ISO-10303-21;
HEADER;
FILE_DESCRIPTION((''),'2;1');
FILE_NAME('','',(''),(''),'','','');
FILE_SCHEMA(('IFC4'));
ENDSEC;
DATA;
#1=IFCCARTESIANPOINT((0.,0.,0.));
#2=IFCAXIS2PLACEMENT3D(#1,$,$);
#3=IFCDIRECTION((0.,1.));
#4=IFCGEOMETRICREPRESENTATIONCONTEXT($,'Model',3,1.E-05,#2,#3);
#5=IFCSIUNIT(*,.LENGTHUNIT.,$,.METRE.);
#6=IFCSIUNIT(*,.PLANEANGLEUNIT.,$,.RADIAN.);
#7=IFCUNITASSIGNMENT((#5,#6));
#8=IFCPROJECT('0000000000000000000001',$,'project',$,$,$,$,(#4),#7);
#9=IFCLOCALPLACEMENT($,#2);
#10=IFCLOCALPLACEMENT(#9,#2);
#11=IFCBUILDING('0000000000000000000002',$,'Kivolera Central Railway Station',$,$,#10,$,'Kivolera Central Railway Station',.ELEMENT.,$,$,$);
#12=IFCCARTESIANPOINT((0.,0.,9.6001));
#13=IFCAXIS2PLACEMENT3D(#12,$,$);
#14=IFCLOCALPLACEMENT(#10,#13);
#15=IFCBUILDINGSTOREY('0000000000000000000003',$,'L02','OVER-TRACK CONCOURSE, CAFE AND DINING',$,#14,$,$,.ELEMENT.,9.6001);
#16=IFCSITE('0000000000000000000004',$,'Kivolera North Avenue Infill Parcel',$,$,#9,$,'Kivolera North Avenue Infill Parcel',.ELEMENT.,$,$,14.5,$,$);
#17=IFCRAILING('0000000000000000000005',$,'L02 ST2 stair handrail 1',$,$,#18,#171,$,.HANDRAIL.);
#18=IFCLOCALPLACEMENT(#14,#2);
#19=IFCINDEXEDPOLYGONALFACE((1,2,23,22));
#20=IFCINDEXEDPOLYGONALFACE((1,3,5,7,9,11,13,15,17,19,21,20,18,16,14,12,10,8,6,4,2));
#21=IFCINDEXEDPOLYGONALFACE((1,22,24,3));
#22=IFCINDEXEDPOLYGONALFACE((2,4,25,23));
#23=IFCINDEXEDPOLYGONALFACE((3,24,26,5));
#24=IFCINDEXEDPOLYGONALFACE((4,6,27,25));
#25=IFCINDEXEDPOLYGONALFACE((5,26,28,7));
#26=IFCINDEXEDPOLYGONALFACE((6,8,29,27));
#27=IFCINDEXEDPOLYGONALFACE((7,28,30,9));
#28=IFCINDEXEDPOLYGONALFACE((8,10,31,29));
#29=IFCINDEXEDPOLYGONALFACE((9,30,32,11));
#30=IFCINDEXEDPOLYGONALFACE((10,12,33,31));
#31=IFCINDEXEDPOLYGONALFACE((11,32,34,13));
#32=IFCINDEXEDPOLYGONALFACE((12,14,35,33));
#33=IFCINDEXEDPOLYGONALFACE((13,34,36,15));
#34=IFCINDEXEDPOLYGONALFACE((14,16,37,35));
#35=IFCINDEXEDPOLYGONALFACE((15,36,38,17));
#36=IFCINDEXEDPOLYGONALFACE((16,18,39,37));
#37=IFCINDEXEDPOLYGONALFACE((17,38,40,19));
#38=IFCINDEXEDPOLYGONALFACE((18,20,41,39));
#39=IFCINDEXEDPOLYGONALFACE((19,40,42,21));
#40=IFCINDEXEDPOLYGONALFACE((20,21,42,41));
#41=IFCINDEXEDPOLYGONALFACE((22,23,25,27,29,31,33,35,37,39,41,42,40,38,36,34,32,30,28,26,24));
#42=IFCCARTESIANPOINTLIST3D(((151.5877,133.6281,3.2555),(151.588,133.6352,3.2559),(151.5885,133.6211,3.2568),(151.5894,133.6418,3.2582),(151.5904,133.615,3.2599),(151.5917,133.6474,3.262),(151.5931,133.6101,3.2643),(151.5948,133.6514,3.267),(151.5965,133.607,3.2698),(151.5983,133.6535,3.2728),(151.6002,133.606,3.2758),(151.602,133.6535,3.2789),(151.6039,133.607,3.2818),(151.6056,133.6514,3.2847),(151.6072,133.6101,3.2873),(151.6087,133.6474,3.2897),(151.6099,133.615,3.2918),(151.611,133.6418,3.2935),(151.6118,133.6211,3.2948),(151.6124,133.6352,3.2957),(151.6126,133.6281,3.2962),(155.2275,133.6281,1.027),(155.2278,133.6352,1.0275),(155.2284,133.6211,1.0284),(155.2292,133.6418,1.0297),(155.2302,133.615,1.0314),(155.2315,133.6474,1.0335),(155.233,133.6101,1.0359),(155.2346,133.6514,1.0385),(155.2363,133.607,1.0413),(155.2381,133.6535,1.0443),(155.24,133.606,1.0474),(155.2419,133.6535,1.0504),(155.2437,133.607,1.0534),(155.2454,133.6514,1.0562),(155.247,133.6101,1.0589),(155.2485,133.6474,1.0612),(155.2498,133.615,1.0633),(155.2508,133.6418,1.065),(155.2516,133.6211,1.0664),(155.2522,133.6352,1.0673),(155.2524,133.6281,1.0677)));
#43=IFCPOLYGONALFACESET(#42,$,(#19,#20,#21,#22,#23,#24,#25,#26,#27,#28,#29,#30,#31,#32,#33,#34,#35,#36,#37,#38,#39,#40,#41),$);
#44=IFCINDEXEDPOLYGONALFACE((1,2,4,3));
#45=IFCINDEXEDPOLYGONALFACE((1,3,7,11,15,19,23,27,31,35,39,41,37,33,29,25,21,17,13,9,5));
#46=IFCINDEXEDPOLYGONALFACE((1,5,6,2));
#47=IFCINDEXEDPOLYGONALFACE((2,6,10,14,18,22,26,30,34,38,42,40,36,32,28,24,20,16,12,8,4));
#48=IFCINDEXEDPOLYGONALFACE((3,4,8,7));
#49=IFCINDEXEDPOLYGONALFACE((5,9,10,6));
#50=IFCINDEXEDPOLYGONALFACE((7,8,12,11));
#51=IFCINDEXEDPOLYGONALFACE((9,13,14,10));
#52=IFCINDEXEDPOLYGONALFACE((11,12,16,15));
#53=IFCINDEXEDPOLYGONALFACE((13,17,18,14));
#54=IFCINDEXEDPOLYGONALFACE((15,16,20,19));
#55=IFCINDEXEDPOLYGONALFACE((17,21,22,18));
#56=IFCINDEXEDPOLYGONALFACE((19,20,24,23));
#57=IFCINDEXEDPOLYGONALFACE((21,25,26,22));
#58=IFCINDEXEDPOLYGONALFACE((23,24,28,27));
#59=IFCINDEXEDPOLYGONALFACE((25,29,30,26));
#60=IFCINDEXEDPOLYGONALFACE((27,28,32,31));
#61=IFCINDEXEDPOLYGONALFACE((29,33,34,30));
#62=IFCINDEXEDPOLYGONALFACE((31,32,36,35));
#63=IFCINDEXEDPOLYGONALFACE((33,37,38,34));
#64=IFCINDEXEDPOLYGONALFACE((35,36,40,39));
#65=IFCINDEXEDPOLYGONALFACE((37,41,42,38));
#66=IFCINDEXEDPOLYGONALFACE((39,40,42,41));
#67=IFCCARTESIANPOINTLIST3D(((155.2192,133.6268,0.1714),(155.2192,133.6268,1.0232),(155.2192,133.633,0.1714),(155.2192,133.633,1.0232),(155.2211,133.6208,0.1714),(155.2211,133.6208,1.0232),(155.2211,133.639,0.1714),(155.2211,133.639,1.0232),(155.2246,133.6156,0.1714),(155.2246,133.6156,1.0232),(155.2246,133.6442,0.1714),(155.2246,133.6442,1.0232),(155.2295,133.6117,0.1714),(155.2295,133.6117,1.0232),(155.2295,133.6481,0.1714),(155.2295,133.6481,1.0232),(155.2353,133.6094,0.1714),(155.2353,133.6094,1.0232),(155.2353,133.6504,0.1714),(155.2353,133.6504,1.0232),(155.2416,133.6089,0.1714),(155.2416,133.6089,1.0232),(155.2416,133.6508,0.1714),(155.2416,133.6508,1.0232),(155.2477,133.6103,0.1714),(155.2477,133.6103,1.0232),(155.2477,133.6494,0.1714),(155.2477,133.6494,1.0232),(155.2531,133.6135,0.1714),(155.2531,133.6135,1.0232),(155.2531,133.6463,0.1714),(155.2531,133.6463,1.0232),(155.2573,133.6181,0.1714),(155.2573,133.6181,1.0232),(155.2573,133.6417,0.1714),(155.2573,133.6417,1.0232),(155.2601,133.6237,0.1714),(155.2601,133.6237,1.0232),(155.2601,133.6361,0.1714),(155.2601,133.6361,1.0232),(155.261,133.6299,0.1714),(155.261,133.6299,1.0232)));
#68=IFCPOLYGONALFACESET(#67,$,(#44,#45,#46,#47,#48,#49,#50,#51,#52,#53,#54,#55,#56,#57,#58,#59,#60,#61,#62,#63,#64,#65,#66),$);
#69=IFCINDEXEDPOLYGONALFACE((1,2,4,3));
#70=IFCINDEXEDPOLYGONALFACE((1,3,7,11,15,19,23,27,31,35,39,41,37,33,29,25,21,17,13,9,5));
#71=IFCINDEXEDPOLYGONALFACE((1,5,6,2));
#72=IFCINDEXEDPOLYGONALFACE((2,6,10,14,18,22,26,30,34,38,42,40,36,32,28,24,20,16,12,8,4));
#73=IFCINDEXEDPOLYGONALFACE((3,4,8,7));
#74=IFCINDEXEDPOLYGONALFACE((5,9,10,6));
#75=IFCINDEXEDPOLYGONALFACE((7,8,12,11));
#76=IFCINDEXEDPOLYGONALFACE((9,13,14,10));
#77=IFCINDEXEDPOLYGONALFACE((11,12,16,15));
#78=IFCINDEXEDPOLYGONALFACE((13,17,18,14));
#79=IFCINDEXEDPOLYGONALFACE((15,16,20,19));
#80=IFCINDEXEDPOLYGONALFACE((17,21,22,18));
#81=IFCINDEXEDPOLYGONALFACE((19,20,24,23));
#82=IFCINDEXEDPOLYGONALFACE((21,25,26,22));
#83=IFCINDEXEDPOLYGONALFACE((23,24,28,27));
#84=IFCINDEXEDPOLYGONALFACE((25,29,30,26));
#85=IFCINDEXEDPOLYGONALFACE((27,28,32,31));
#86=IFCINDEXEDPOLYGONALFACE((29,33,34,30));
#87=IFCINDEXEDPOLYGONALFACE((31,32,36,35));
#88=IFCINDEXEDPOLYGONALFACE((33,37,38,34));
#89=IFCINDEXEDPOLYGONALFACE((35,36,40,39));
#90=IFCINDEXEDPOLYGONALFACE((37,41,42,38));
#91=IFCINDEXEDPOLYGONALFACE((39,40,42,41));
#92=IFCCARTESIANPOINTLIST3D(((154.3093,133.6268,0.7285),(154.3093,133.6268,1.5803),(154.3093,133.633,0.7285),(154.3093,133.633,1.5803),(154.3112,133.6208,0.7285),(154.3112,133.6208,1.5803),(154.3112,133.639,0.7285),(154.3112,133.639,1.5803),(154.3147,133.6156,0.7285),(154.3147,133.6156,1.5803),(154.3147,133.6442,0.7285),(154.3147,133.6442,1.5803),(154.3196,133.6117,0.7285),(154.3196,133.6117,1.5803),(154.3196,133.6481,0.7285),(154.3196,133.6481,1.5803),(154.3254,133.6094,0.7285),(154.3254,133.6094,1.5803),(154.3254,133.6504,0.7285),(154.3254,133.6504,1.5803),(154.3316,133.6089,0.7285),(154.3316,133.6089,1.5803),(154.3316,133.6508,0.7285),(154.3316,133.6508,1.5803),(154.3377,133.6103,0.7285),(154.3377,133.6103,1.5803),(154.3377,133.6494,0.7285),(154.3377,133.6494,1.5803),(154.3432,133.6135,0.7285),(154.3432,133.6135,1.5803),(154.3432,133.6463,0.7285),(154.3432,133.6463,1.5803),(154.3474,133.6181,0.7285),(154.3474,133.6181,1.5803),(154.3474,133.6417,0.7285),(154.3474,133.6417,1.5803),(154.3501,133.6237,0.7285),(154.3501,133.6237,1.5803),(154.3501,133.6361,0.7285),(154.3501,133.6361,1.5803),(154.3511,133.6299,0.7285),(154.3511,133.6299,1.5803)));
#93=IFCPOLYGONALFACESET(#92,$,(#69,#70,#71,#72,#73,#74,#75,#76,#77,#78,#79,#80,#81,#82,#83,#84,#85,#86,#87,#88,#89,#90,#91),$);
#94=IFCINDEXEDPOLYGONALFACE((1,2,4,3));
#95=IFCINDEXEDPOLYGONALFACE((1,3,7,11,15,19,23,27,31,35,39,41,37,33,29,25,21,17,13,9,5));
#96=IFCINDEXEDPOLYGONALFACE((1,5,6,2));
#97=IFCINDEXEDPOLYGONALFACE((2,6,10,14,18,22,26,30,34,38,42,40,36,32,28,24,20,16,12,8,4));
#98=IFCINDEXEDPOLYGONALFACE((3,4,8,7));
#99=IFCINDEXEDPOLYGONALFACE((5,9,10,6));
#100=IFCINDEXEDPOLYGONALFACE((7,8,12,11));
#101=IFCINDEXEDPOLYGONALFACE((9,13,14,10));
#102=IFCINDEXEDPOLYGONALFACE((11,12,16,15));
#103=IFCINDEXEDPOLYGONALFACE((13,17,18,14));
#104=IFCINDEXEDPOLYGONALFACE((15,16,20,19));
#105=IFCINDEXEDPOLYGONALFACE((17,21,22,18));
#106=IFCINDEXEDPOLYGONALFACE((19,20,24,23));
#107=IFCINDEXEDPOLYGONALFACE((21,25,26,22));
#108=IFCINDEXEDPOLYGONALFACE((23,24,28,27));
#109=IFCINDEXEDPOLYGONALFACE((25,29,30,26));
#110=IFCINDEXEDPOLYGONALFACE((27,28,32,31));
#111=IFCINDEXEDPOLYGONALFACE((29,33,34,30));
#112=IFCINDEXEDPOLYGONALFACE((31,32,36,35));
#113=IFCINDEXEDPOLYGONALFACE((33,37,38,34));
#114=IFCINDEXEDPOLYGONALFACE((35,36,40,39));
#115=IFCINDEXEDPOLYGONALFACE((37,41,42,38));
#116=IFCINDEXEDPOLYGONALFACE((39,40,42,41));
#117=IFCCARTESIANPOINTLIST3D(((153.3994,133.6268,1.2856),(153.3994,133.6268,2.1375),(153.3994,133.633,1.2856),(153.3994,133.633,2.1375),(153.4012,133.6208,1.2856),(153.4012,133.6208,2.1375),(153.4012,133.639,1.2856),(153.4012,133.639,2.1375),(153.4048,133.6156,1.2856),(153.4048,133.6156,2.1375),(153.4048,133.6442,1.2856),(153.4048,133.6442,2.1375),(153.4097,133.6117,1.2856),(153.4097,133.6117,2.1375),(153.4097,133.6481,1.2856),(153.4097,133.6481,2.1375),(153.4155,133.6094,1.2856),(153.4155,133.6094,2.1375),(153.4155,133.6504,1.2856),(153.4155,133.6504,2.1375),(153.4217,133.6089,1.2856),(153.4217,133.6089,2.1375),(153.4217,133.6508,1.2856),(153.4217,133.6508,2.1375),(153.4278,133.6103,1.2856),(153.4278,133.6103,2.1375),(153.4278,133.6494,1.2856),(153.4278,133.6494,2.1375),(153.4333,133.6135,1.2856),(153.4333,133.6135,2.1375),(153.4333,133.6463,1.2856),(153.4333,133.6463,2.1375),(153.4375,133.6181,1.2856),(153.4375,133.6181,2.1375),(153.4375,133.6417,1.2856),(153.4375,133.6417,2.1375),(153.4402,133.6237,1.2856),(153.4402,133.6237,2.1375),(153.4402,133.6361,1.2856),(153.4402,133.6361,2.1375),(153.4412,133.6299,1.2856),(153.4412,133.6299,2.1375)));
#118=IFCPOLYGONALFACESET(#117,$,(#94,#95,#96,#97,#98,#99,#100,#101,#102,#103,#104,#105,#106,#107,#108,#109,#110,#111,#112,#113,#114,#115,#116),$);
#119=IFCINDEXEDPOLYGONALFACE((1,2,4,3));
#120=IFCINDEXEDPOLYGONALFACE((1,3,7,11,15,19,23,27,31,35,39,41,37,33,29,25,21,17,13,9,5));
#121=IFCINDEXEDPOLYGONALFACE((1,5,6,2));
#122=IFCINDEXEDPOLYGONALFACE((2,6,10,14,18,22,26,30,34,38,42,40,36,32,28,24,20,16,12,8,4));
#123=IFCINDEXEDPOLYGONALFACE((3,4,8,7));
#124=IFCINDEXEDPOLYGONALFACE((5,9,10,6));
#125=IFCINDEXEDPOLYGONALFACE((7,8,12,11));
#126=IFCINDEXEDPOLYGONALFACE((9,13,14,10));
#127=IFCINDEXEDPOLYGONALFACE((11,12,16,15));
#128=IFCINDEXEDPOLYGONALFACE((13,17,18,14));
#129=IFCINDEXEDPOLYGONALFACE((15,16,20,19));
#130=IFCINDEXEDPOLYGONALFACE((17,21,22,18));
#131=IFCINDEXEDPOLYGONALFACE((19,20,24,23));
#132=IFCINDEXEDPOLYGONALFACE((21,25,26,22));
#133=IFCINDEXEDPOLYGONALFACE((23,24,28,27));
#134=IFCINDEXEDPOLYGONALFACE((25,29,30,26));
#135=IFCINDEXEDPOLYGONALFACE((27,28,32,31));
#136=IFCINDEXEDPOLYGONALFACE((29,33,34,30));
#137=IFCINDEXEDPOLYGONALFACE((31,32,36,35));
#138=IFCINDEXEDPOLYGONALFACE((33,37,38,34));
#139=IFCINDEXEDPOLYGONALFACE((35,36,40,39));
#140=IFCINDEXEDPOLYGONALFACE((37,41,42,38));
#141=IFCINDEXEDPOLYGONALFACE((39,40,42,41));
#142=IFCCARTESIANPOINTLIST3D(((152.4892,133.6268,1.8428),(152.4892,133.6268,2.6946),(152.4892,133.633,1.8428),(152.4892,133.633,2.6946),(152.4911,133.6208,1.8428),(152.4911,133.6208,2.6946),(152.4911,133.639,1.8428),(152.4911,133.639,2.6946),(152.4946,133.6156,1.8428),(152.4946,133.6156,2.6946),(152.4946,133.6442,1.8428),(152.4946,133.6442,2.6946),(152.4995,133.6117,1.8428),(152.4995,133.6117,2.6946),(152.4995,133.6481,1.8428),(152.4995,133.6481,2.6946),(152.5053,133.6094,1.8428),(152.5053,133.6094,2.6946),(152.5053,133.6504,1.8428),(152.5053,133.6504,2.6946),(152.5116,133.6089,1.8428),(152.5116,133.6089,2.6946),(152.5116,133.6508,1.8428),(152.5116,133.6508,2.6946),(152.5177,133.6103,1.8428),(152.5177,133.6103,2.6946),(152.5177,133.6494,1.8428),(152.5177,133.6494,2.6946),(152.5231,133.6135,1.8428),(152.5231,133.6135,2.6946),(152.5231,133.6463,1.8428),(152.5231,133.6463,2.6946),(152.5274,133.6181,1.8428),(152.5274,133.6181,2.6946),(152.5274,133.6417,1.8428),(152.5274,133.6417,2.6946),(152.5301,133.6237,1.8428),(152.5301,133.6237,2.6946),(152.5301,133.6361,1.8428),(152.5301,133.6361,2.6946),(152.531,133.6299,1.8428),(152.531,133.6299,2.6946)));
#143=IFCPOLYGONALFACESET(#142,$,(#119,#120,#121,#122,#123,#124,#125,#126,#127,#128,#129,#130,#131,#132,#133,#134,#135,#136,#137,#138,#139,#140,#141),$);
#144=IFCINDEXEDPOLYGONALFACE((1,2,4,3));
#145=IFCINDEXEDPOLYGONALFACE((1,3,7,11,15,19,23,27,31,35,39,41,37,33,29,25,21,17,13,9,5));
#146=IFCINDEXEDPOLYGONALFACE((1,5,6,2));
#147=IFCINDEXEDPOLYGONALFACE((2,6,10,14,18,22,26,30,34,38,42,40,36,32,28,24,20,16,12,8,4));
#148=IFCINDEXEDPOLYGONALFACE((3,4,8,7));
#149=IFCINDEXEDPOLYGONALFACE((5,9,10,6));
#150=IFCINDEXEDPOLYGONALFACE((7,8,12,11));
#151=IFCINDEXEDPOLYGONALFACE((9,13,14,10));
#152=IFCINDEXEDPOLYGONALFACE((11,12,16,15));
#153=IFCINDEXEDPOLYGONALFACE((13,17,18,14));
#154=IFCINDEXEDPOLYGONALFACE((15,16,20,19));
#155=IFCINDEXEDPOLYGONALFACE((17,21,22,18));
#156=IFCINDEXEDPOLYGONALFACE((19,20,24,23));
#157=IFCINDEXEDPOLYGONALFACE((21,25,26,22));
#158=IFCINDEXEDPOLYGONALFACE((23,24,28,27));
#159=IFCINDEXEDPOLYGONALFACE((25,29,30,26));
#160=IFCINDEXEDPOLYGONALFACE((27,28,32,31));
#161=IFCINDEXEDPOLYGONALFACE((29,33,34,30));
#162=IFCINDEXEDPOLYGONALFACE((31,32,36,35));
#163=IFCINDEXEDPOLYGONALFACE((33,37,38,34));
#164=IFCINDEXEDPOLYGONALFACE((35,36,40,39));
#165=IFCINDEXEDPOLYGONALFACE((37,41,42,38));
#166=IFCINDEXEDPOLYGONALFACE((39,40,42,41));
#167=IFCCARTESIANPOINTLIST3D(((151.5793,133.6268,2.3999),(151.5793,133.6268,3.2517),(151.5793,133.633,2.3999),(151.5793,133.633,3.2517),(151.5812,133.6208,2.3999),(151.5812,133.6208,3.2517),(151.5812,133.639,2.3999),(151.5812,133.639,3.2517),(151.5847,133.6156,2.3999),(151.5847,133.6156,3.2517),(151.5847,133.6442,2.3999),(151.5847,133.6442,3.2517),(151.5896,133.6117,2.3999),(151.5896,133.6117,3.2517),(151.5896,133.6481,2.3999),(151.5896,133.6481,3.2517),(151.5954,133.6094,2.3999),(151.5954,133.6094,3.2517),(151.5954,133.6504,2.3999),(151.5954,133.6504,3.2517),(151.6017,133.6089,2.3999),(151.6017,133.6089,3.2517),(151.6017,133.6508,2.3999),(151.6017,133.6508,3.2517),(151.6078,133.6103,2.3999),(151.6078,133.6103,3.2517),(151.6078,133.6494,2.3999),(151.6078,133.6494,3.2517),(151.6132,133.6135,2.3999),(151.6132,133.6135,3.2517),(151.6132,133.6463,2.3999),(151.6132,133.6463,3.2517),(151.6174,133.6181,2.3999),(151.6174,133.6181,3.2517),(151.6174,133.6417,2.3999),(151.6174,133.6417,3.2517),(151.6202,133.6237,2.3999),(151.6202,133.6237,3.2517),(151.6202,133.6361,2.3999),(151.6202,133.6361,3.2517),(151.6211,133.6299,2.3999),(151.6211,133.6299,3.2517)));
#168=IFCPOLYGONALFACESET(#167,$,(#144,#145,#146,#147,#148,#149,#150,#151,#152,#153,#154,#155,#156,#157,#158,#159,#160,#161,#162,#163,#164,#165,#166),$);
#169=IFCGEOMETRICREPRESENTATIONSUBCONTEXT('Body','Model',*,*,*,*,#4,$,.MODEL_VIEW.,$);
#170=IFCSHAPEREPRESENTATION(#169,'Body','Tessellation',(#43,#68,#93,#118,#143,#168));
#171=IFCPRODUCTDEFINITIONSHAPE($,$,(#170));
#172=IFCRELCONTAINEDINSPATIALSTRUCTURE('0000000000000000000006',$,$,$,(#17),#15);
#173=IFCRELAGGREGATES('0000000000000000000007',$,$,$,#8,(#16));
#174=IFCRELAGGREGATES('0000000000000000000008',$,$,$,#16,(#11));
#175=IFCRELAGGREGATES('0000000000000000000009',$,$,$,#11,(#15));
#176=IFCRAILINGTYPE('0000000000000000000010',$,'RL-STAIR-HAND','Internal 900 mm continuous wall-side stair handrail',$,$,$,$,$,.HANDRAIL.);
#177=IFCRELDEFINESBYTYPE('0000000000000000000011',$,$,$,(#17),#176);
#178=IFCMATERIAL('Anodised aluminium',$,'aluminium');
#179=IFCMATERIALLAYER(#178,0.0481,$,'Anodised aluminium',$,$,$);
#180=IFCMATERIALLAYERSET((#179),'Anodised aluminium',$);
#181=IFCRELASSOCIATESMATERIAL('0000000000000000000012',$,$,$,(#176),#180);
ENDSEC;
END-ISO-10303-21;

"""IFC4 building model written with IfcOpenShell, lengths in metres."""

from ifc_helpers import new_model, si_unit, direction, frame, origin, origin_2d, place, context, subcontext, project, spatial, circle, extrude, material, layer, layer_set, type_object, element, save


model = new_model("IFC4")

# Units and contexts
model_context = context("Model", 3, precision=1e-05, world=origin(), true_north=direction((0.0, 1.0)))
body_context = subcontext(model_context, "Body", "Model", "MODEL_VIEW")
ifc_project = project(units=[si_unit("LENGTHUNIT", "METRE"), si_unit("PLANEANGLEUNIT", "RADIAN")], contexts=[model_context])

# Site, building, storey
site_placement = place(None, origin())
site = spatial("IfcSite", under=ifc_project, at=site_placement, Name="Kivolera North Avenue Infill Parcel", LongName="Kivolera North Avenue Infill Parcel", CompositionType="ELEMENT", RefElevation=14.5)
building_placement = place(site_placement, origin())
building = spatial("IfcBuilding", under=site, at=building_placement, Name="Kivolera Central Railway Station", LongName="Kivolera Central Railway Station", CompositionType="ELEMENT")
storey_placement = place(building_placement, frame((0.0, 0.0, 9.6001)))
storey = spatial("IfcBuildingStorey", under=building, at=storey_placement, Name="L02", Description="OVER-TRACK CONCOURSE, CAFE AND DINING", CompositionType="ELEMENT", Elevation=9.6001)

# Shared definitions
ifc_material_1 = material(Name="Anodised aluminium", Category="aluminium")

# Railing
ifc_layer_1 = layer(ifc_material_1, 0.0481, Name="Anodised aluminium")
ifc_layer_set_1 = layer_set([ifc_layer_1], Name="Anodised aluminium")
railing_type_1 = type_object("IfcRailingType", Name="RL-STAIR-HAND", Description="Internal 900 mm continuous wall-side stair handrail", PredefinedType="HANDRAIL", material=ifc_layer_set_1)
railing_1_placement = place(storey_placement, frame((155.24, 133.6299, 0.1714)))
element("IfcRailing", 1, at=railing_1_placement, inside=storey, type_object=railing_type_1, Name="L02 ST2 stair handrail 1", PredefinedType="HANDRAIL", context=body_context, shape_type="SweptSolid", body=[
    extrude(circle(Radius=0.0239, at=origin_2d()), frame((0.0, 0.0, 0.876), z_axis=(-0.85285, 0.0, 0.522156), x_axis=(0.0, -1.0, 0.0)), (0.0, 0.0, 1.0), 4.2678),
    extrude(circle(Radius=0.021, at=origin_2d()), origin(), (0.0, 0.0, 1.0), 0.8518),
    extrude(circle(Radius=0.021, at=origin_2d()), frame((-0.9099, 0.0, 0.5571)), (0.0, 0.0, 1.0), 0.8518),
    extrude(circle(Radius=0.021, at=origin_2d()), frame((-1.8198, 0.0, 1.1143)), (0.0, 0.0, 1.0), 0.8518),
    extrude(circle(Radius=0.021, at=origin_2d()), frame((-2.73, 0.0, 1.6714)), (0.0, 0.0, 1.0), 0.8518),
    extrude(circle(Radius=0.021, at=origin_2d()), frame((-3.6399, 0.0, 2.2285)), (0.0, 0.0, 1.0), 0.8518),
])

save(model, "model.ifc")
